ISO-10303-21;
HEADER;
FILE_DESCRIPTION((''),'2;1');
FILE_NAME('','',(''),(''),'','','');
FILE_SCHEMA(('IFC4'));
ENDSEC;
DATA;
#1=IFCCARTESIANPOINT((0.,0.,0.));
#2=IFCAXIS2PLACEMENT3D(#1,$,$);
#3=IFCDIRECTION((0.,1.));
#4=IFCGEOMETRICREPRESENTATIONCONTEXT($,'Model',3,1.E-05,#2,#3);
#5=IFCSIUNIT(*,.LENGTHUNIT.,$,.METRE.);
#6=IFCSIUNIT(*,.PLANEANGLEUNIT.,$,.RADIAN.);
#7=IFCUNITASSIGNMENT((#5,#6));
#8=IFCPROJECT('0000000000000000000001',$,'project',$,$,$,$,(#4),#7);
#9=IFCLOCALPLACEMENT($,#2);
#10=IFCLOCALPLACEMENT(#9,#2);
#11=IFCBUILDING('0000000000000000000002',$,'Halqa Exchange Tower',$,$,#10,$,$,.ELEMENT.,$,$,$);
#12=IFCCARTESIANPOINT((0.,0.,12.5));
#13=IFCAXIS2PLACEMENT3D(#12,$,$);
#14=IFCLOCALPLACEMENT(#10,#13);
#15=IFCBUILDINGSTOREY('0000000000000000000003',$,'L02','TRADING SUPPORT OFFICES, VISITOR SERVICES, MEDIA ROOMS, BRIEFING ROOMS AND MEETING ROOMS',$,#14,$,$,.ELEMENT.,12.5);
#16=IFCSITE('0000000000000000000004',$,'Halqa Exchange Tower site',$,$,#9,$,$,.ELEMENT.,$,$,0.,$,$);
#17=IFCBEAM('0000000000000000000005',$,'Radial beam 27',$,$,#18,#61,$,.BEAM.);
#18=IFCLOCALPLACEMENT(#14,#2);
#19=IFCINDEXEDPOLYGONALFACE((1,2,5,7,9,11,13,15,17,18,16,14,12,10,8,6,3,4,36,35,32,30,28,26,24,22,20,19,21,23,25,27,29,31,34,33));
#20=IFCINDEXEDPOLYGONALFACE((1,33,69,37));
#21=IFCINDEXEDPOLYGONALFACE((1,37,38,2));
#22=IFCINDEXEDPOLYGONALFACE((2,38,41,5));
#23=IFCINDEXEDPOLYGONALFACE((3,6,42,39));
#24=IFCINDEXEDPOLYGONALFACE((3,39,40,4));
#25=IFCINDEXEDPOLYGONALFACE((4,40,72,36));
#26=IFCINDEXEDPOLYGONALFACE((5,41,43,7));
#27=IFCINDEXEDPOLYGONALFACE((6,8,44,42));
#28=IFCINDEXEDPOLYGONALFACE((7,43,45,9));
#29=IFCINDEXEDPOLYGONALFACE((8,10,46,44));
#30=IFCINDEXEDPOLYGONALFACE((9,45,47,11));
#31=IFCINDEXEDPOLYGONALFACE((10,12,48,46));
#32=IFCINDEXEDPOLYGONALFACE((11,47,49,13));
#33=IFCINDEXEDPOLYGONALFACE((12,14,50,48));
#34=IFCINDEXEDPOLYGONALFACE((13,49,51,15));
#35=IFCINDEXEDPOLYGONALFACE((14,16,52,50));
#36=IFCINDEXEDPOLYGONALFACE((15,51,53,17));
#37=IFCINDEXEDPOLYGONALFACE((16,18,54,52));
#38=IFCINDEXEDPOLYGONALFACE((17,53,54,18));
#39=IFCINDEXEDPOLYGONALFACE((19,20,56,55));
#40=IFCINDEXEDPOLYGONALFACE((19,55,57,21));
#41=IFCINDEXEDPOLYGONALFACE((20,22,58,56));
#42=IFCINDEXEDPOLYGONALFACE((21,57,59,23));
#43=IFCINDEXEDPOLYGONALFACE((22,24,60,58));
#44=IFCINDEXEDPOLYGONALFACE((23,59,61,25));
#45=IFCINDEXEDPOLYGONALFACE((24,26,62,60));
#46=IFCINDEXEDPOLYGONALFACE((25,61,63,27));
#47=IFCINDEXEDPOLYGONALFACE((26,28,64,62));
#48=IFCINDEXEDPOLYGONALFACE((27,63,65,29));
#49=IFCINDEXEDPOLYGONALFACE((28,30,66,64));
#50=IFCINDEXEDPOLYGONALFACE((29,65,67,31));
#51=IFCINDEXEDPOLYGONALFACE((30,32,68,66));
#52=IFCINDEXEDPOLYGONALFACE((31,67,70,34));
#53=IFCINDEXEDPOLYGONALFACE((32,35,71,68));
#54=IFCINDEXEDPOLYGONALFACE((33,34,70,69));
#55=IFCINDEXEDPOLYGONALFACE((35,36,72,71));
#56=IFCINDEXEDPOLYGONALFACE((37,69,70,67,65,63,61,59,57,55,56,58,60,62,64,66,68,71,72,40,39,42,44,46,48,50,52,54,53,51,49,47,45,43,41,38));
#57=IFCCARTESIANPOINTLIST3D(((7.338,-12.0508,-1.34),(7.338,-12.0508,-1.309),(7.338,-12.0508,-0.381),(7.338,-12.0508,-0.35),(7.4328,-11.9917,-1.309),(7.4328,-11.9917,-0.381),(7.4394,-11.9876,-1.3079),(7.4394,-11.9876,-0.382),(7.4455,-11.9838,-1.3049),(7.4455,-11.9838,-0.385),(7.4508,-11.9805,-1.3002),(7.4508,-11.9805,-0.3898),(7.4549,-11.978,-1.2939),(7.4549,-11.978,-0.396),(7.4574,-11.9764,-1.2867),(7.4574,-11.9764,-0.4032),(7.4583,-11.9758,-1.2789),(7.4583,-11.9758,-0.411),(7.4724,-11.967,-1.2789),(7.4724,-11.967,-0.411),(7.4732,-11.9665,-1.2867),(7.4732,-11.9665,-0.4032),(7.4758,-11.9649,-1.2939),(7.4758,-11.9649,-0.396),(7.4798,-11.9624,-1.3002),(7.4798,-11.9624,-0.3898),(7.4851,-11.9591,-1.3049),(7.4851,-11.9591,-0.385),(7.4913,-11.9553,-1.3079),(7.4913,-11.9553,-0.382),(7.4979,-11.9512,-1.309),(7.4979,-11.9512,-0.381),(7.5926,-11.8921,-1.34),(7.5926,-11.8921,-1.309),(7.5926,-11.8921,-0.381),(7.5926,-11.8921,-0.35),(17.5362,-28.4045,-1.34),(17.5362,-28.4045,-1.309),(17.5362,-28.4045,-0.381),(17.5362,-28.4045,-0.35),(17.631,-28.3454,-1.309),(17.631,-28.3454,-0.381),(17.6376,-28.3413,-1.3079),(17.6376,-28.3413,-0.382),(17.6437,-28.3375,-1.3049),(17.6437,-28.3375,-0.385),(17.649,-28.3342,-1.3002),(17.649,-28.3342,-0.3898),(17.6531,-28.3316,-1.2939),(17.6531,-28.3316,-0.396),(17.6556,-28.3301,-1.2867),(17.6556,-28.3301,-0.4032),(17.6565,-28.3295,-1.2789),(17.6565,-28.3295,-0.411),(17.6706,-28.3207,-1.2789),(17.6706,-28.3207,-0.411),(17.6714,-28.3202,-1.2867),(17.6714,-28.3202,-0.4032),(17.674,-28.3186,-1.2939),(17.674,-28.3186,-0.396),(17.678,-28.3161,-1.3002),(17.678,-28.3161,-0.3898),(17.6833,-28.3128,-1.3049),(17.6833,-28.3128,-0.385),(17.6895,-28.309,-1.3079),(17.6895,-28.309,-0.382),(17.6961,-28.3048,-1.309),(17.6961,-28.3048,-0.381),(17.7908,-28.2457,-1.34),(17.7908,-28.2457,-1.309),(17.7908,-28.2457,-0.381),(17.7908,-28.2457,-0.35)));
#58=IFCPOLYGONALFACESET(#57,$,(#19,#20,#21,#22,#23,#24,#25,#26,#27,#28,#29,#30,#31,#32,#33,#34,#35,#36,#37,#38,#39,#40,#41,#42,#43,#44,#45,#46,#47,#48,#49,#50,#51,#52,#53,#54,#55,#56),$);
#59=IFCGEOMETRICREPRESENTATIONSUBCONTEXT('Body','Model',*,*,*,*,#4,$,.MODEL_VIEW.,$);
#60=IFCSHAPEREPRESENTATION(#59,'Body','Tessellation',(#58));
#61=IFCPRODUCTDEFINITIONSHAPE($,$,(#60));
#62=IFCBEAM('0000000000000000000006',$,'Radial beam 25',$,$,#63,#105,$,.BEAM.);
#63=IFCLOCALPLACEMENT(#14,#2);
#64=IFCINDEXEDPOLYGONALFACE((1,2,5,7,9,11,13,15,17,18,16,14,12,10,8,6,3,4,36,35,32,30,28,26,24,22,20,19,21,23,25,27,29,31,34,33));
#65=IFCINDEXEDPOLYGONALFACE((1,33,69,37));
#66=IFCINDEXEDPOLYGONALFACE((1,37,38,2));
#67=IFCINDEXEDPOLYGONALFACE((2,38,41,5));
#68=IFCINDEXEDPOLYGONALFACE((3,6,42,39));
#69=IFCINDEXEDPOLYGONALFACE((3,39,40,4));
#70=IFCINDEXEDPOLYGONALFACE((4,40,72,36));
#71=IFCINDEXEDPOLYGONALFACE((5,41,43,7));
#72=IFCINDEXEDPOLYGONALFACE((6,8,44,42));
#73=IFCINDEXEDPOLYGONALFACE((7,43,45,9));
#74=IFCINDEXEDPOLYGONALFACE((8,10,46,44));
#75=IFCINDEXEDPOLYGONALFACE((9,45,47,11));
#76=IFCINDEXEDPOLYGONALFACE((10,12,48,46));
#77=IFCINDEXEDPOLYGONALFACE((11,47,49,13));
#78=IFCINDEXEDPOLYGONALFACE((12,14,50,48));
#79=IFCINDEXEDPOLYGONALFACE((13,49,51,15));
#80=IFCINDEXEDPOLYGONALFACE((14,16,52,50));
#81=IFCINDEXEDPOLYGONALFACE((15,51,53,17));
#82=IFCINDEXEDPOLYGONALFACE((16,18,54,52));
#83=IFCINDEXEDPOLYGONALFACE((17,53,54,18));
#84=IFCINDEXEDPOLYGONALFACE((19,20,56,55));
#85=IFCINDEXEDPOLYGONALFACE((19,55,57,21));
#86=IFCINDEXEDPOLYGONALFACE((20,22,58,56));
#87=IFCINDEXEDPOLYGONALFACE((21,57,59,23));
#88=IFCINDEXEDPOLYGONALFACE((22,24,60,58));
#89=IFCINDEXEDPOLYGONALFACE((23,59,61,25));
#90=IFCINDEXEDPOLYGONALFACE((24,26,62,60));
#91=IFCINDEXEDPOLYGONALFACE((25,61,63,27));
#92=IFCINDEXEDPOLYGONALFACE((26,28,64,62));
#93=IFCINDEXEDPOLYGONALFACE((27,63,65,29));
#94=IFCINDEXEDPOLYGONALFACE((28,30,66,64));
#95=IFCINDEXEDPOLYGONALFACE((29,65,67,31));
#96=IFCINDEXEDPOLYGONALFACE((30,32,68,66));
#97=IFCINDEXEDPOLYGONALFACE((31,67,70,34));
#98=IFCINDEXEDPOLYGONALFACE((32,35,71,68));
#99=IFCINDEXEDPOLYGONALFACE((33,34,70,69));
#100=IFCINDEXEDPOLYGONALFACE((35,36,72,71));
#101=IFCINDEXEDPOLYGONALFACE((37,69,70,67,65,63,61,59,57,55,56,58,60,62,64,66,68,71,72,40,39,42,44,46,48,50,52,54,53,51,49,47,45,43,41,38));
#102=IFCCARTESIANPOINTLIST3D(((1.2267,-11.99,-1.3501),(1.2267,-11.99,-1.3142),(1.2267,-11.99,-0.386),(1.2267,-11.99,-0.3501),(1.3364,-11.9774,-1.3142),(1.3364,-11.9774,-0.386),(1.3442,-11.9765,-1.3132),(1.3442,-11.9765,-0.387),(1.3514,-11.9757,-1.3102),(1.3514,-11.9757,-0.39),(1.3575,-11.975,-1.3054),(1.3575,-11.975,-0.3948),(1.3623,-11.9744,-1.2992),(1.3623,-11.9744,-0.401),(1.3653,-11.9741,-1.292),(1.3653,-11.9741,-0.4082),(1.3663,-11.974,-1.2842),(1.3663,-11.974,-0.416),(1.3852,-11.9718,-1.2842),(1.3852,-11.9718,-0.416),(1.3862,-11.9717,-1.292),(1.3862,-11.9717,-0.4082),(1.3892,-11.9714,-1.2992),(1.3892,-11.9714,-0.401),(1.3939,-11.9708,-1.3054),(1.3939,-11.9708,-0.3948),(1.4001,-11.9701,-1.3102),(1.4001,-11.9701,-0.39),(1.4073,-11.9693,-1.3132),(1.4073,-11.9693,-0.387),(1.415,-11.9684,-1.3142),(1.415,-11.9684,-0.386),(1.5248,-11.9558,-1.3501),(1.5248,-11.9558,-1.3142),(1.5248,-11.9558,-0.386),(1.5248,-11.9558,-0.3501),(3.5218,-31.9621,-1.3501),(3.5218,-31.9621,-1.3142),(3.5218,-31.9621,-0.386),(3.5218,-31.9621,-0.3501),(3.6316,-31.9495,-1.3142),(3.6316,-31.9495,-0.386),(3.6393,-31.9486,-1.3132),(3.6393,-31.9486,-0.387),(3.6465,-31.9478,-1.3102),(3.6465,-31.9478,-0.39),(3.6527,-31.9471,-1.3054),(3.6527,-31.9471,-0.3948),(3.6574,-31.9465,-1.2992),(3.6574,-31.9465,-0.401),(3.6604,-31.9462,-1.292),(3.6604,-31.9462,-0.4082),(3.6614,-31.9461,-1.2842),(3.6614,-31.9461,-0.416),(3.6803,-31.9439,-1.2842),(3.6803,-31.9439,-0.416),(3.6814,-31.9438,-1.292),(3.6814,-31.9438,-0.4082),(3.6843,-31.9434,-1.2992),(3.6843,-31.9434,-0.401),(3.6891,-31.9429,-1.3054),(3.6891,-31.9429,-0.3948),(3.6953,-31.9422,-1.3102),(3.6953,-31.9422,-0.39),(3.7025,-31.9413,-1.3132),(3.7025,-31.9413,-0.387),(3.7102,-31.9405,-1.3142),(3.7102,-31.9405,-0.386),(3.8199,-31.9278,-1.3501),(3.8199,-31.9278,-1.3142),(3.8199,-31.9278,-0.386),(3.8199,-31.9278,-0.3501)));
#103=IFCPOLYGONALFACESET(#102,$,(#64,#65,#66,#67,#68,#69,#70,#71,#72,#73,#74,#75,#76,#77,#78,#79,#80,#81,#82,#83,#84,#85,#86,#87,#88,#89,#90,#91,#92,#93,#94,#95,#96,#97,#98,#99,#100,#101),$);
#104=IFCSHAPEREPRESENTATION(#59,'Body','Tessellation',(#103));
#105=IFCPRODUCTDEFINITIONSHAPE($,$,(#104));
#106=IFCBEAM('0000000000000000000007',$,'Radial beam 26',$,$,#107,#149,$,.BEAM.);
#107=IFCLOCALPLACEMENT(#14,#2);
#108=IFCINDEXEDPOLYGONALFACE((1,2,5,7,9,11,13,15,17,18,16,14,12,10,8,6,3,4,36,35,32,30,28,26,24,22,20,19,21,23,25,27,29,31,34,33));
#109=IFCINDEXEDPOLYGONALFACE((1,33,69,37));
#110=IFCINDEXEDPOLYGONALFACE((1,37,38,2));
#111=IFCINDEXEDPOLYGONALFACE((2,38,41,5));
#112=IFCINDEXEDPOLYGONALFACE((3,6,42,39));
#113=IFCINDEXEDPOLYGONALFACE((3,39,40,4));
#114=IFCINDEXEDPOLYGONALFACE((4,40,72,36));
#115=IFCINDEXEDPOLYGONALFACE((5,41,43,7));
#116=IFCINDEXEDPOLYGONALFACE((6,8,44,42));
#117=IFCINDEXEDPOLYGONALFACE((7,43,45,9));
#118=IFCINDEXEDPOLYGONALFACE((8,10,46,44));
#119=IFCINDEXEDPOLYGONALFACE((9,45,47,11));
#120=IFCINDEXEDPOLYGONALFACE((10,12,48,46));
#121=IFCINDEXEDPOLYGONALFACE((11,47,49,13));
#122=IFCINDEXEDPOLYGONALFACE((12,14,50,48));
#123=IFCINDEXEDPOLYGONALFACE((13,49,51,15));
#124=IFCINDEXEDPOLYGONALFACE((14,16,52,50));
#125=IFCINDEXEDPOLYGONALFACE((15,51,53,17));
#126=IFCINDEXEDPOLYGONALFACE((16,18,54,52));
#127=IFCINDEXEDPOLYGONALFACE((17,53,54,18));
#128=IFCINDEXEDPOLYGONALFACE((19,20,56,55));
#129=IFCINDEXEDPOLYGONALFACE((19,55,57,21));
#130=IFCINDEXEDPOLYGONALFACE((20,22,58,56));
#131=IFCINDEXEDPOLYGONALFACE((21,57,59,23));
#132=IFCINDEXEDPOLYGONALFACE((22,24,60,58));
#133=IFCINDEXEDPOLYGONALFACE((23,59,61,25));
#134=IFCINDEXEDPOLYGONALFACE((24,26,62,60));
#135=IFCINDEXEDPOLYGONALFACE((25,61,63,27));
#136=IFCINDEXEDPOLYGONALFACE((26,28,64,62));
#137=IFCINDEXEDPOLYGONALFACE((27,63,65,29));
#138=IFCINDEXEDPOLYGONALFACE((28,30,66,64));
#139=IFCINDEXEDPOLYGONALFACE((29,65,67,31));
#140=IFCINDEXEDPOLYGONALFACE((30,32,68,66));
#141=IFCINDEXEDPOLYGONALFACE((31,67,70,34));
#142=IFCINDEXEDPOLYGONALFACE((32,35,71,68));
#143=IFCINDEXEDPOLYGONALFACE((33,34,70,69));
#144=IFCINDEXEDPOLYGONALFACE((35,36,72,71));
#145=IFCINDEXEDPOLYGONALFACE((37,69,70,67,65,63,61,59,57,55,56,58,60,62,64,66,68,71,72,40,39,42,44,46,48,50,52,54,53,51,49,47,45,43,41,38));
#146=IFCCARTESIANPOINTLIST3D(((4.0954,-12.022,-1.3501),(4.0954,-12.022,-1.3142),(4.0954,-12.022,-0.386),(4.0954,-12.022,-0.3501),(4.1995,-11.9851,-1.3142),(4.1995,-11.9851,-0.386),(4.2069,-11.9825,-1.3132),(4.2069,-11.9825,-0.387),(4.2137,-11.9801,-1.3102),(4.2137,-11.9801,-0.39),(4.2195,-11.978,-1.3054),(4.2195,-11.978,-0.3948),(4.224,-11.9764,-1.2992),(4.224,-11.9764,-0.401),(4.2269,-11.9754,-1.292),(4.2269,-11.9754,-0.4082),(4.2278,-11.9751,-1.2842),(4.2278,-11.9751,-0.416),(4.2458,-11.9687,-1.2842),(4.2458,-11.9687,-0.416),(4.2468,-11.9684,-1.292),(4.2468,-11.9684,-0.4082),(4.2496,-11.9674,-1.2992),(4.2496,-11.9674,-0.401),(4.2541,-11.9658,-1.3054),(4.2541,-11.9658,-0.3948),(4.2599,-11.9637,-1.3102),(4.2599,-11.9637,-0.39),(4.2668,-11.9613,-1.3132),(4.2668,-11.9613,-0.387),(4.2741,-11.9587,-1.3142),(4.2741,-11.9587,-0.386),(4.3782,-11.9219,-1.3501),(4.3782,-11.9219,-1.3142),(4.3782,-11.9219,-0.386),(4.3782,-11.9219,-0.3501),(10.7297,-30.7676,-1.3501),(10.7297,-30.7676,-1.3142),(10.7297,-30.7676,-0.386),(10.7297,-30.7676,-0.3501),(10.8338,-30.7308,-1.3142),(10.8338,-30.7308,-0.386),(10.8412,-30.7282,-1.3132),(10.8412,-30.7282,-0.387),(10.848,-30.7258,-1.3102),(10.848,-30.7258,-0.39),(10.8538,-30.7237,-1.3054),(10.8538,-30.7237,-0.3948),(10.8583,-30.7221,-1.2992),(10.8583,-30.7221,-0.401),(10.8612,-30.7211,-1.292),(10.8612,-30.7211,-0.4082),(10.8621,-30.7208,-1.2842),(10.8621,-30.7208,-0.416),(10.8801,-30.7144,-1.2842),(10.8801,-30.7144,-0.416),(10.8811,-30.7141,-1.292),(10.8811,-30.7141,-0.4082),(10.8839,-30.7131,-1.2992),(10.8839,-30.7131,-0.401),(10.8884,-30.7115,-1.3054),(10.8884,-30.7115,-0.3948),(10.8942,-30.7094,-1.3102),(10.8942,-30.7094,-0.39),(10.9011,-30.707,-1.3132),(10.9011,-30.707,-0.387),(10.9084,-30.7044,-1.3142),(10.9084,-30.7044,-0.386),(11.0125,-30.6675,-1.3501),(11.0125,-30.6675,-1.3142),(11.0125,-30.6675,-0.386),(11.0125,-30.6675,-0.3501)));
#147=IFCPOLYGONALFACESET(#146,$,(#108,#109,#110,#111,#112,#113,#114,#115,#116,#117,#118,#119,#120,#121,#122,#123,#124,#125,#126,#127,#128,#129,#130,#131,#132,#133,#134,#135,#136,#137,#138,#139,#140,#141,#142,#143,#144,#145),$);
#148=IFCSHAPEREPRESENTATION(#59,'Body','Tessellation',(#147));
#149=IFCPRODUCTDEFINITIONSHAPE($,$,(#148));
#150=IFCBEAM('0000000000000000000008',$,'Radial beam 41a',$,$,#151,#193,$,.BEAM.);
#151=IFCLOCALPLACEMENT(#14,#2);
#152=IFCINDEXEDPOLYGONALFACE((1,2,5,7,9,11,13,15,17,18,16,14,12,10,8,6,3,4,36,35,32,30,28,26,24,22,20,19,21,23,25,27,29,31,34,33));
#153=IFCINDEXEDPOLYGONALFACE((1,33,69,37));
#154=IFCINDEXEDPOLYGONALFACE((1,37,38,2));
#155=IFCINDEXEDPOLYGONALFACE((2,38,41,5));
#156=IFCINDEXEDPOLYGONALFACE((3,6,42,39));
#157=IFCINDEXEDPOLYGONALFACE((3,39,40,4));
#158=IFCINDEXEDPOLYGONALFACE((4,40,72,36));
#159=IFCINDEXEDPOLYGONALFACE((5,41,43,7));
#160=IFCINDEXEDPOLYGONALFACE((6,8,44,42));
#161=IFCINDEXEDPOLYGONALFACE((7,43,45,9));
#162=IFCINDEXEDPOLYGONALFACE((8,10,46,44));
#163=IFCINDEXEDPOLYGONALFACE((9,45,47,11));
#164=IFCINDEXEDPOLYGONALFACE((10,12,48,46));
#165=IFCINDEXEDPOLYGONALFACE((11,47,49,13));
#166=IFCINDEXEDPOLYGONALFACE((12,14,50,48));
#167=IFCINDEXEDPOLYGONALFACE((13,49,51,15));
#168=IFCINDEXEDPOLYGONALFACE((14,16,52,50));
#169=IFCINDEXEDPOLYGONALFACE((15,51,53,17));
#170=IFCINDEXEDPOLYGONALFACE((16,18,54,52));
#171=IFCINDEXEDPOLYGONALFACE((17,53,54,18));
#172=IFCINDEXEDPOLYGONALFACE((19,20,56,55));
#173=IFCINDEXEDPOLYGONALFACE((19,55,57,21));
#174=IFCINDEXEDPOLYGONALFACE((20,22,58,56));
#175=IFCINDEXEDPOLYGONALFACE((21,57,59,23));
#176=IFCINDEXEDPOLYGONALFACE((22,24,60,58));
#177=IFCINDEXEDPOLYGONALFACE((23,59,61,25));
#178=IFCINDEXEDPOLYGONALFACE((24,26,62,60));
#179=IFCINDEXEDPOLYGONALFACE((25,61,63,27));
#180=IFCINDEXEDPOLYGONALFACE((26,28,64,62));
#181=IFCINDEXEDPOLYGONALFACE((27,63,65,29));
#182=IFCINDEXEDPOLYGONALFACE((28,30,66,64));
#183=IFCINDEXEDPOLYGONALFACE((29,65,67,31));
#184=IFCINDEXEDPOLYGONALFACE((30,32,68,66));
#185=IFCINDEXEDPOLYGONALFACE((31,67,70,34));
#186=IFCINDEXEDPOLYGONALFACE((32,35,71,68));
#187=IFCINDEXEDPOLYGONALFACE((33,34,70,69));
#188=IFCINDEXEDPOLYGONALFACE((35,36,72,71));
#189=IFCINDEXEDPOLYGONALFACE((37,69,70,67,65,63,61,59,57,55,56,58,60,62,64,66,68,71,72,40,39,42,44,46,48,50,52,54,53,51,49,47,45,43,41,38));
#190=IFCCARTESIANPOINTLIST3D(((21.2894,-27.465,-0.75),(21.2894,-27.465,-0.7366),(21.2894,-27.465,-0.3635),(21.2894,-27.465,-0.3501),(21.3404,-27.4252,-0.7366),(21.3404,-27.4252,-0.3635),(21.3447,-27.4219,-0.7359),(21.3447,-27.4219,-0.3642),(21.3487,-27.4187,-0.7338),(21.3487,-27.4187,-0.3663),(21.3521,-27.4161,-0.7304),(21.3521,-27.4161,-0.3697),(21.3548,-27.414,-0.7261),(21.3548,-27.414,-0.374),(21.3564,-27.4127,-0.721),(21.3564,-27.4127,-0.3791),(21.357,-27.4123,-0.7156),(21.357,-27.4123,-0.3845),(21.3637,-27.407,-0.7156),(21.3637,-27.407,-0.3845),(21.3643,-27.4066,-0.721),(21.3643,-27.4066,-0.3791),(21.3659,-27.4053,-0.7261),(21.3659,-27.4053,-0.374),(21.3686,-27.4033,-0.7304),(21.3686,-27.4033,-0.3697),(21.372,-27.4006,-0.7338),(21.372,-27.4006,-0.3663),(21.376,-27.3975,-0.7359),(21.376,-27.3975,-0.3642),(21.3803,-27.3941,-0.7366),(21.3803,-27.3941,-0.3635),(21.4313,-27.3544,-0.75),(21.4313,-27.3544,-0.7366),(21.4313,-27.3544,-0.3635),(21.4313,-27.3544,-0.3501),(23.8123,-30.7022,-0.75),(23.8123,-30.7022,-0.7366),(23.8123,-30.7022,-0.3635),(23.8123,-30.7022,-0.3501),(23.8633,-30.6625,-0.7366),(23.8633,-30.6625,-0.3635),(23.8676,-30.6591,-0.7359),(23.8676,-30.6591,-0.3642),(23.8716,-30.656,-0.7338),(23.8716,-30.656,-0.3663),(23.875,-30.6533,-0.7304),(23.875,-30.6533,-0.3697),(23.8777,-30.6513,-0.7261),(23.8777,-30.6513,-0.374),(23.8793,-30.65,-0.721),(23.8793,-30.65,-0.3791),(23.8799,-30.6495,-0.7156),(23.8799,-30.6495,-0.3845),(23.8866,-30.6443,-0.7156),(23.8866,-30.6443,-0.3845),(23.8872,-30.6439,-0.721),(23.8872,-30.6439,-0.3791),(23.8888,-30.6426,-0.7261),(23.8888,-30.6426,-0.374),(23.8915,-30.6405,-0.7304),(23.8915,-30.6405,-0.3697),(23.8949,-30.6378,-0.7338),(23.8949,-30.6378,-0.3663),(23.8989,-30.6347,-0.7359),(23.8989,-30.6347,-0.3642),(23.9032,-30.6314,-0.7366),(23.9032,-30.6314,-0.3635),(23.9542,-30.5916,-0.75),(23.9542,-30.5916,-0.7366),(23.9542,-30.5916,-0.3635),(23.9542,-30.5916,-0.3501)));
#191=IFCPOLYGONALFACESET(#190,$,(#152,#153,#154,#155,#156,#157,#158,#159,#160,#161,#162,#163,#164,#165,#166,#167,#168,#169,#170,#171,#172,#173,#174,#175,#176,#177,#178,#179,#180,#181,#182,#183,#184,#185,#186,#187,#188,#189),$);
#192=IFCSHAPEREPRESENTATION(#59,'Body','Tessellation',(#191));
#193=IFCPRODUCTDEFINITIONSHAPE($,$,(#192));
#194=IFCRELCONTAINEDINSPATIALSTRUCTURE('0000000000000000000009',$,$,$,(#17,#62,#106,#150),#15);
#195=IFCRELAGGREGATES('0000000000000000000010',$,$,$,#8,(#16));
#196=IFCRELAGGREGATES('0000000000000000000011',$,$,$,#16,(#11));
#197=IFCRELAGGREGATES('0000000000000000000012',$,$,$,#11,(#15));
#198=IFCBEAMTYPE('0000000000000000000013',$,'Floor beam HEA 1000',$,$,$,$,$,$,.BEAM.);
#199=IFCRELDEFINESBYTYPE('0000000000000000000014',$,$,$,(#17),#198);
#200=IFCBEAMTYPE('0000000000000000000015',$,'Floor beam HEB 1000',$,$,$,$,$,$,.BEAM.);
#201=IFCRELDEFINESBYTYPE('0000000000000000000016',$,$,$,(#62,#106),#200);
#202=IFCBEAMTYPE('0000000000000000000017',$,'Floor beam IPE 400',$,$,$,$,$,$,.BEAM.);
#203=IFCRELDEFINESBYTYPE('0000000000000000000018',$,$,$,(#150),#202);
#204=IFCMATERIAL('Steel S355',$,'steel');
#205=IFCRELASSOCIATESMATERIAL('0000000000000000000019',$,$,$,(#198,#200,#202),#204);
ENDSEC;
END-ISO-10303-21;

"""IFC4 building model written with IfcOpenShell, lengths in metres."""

from ifc_helpers import new_model, si_unit, direction, frame, origin, origin_2d, place, context, subcontext, project, spatial, i_section, extrude, material, material_profile, profile_set, type_object, element, save


model = new_model("IFC4")

# Units and contexts
model_context = context("Model", 3, precision=1e-05, world=origin(), true_north=direction((0.0, 1.0)))
body_context = subcontext(model_context, "Body", "Model", "MODEL_VIEW")
ifc_project = project(units=[si_unit("LENGTHUNIT", "METRE"), si_unit("PLANEANGLEUNIT", "RADIAN")], contexts=[model_context])

# Site, building, storey
site_placement = place(None, origin())
site = spatial("IfcSite", under=ifc_project, at=site_placement, Name="Halqa Exchange Tower site", CompositionType="ELEMENT", RefElevation=0.0)
building_placement = place(site_placement, origin())
building = spatial("IfcBuilding", under=site, at=building_placement, Name="Halqa Exchange Tower", CompositionType="ELEMENT")
storey_placement = place(building_placement, frame((0.0, 0.0, 12.5)))
storey = spatial("IfcBuildingStorey", under=building, at=storey_placement, Name="L02", Description="TRADING SUPPORT OFFICES, VISITOR SERVICES, MEDIA ROOMS, BRIEFING ROOMS AND MEETING ROOMS", CompositionType="ELEMENT", Elevation=12.5)

# Beams
ifc_material_1 = material(Name="Steel S355", Category="steel")
ifc_material_profile_1 = material_profile(ifc_material_1, i_section(OverallWidth=0.3, OverallDepth=0.99, WebThickness=0.0166, FlangeThickness=0.031, FilletRadius=0.03, at=origin_2d()), Name="HEA 1000")
ifc_profile_set_1 = profile_set([ifc_material_profile_1], Name="Steel S355")
beam_type_1 = type_object("IfcBeamType", Name="Floor beam HEA 1000", PredefinedType="BEAM", material=ifc_profile_set_1)
beam_1_placement = place(storey_placement, frame((7.4653, -11.9714, -0.845), z_axis=(0.529146, -0.848531, 0.0), x_axis=(0.848531, 0.529146, 0.0)))
element("IfcBeam", 1, at=beam_1_placement, inside=storey, type_object=beam_type_1, Name="Radial beam 27", PredefinedType="BEAM", context=body_context, shape_type="SweptSolid", body=[
    extrude(i_section(OverallWidth=0.3, OverallDepth=0.99, WebThickness=0.0166, FlangeThickness=0.031, FilletRadius=0.03, at=origin_2d()), origin(), (0.0, 0.0, 1.0), 19.2729),
])
ifc_material_profile_2 = material_profile(ifc_material_1, i_section(OverallWidth=0.3, OverallDepth=1.0, WebThickness=0.019, FlangeThickness=0.0359, FilletRadius=0.03, at=origin_2d()), Name="HEB 1000")
ifc_profile_set_2 = profile_set([ifc_material_profile_2], Name="Steel S355")
beam_type_2 = type_object("IfcBeamType", Name="Floor beam HEB 1000", PredefinedType="BEAM", material=ifc_profile_set_2)
beam_2_placement = place(storey_placement, frame((1.3757, -11.9729, -0.8501), z_axis=(0.114167, -0.993462, 0.0), x_axis=(0.993462, 0.114167, 0.0)))
element("IfcBeam", 2, at=beam_2_placement, inside=storey, type_object=beam_type_2, Name="Radial beam 25", PredefinedType="BEAM", context=body_context, shape_type="SweptSolid", body=[
    extrude(i_section(OverallWidth=0.3, OverallDepth=1.0, WebThickness=0.019, FlangeThickness=0.0359, FilletRadius=0.03, at=origin_2d()), origin(), (0.0, 0.0, 1.0), 20.1035),
])
beam_3_placement = place(storey_placement, frame((4.2368, -11.9719, -0.8501), z_axis=(0.333633, -0.942703, 0.0), x_axis=(0.942703, 0.333633, 0.0)))
element("IfcBeam", 3, at=beam_3_placement, inside=storey, type_object=beam_type_2, Name="Radial beam 26", PredefinedType="BEAM", context=body_context, shape_type="SweptSolid", body=[
    extrude(i_section(OverallWidth=0.3, OverallDepth=1.0, WebThickness=0.019, FlangeThickness=0.0359, FilletRadius=0.03, at=origin_2d()), origin(), (0.0, 0.0, 1.0), 19.885),
])
ifc_material_profile_3 = material_profile(ifc_material_1, i_section(OverallWidth=0.1799, OverallDepth=0.3999, WebThickness=0.0085, FlangeThickness=0.0134, FilletRadius=0.021, at=origin_2d()), Name="IPE 400")
ifc_profile_set_3 = profile_set([ifc_material_profile_3], Name="Steel S355")
beam_type_3 = type_object("IfcBeamType", Name="Floor beam IPE 400", PredefinedType="BEAM", material=ifc_profile_set_3)
beam_4_placement = place(storey_placement, frame((21.3604, -27.4097, -0.55), z_axis=(0.614706, -0.788756, 0.0), x_axis=(0.788756, 0.614706, 0.0)))
element("IfcBeam", 4, at=beam_4_placement, inside=storey, type_object=beam_type_3, Name="Radial beam 41a", PredefinedType="BEAM", context=body_context, shape_type="SweptSolid", body=[
    extrude(i_section(OverallWidth=0.1799, OverallDepth=0.3999, WebThickness=0.0085, FlangeThickness=0.0134, FilletRadius=0.021, at=origin_2d()), origin(), (0.0, 0.0, 1.0), 4.1042),
])

save(model, "model.ifc")
